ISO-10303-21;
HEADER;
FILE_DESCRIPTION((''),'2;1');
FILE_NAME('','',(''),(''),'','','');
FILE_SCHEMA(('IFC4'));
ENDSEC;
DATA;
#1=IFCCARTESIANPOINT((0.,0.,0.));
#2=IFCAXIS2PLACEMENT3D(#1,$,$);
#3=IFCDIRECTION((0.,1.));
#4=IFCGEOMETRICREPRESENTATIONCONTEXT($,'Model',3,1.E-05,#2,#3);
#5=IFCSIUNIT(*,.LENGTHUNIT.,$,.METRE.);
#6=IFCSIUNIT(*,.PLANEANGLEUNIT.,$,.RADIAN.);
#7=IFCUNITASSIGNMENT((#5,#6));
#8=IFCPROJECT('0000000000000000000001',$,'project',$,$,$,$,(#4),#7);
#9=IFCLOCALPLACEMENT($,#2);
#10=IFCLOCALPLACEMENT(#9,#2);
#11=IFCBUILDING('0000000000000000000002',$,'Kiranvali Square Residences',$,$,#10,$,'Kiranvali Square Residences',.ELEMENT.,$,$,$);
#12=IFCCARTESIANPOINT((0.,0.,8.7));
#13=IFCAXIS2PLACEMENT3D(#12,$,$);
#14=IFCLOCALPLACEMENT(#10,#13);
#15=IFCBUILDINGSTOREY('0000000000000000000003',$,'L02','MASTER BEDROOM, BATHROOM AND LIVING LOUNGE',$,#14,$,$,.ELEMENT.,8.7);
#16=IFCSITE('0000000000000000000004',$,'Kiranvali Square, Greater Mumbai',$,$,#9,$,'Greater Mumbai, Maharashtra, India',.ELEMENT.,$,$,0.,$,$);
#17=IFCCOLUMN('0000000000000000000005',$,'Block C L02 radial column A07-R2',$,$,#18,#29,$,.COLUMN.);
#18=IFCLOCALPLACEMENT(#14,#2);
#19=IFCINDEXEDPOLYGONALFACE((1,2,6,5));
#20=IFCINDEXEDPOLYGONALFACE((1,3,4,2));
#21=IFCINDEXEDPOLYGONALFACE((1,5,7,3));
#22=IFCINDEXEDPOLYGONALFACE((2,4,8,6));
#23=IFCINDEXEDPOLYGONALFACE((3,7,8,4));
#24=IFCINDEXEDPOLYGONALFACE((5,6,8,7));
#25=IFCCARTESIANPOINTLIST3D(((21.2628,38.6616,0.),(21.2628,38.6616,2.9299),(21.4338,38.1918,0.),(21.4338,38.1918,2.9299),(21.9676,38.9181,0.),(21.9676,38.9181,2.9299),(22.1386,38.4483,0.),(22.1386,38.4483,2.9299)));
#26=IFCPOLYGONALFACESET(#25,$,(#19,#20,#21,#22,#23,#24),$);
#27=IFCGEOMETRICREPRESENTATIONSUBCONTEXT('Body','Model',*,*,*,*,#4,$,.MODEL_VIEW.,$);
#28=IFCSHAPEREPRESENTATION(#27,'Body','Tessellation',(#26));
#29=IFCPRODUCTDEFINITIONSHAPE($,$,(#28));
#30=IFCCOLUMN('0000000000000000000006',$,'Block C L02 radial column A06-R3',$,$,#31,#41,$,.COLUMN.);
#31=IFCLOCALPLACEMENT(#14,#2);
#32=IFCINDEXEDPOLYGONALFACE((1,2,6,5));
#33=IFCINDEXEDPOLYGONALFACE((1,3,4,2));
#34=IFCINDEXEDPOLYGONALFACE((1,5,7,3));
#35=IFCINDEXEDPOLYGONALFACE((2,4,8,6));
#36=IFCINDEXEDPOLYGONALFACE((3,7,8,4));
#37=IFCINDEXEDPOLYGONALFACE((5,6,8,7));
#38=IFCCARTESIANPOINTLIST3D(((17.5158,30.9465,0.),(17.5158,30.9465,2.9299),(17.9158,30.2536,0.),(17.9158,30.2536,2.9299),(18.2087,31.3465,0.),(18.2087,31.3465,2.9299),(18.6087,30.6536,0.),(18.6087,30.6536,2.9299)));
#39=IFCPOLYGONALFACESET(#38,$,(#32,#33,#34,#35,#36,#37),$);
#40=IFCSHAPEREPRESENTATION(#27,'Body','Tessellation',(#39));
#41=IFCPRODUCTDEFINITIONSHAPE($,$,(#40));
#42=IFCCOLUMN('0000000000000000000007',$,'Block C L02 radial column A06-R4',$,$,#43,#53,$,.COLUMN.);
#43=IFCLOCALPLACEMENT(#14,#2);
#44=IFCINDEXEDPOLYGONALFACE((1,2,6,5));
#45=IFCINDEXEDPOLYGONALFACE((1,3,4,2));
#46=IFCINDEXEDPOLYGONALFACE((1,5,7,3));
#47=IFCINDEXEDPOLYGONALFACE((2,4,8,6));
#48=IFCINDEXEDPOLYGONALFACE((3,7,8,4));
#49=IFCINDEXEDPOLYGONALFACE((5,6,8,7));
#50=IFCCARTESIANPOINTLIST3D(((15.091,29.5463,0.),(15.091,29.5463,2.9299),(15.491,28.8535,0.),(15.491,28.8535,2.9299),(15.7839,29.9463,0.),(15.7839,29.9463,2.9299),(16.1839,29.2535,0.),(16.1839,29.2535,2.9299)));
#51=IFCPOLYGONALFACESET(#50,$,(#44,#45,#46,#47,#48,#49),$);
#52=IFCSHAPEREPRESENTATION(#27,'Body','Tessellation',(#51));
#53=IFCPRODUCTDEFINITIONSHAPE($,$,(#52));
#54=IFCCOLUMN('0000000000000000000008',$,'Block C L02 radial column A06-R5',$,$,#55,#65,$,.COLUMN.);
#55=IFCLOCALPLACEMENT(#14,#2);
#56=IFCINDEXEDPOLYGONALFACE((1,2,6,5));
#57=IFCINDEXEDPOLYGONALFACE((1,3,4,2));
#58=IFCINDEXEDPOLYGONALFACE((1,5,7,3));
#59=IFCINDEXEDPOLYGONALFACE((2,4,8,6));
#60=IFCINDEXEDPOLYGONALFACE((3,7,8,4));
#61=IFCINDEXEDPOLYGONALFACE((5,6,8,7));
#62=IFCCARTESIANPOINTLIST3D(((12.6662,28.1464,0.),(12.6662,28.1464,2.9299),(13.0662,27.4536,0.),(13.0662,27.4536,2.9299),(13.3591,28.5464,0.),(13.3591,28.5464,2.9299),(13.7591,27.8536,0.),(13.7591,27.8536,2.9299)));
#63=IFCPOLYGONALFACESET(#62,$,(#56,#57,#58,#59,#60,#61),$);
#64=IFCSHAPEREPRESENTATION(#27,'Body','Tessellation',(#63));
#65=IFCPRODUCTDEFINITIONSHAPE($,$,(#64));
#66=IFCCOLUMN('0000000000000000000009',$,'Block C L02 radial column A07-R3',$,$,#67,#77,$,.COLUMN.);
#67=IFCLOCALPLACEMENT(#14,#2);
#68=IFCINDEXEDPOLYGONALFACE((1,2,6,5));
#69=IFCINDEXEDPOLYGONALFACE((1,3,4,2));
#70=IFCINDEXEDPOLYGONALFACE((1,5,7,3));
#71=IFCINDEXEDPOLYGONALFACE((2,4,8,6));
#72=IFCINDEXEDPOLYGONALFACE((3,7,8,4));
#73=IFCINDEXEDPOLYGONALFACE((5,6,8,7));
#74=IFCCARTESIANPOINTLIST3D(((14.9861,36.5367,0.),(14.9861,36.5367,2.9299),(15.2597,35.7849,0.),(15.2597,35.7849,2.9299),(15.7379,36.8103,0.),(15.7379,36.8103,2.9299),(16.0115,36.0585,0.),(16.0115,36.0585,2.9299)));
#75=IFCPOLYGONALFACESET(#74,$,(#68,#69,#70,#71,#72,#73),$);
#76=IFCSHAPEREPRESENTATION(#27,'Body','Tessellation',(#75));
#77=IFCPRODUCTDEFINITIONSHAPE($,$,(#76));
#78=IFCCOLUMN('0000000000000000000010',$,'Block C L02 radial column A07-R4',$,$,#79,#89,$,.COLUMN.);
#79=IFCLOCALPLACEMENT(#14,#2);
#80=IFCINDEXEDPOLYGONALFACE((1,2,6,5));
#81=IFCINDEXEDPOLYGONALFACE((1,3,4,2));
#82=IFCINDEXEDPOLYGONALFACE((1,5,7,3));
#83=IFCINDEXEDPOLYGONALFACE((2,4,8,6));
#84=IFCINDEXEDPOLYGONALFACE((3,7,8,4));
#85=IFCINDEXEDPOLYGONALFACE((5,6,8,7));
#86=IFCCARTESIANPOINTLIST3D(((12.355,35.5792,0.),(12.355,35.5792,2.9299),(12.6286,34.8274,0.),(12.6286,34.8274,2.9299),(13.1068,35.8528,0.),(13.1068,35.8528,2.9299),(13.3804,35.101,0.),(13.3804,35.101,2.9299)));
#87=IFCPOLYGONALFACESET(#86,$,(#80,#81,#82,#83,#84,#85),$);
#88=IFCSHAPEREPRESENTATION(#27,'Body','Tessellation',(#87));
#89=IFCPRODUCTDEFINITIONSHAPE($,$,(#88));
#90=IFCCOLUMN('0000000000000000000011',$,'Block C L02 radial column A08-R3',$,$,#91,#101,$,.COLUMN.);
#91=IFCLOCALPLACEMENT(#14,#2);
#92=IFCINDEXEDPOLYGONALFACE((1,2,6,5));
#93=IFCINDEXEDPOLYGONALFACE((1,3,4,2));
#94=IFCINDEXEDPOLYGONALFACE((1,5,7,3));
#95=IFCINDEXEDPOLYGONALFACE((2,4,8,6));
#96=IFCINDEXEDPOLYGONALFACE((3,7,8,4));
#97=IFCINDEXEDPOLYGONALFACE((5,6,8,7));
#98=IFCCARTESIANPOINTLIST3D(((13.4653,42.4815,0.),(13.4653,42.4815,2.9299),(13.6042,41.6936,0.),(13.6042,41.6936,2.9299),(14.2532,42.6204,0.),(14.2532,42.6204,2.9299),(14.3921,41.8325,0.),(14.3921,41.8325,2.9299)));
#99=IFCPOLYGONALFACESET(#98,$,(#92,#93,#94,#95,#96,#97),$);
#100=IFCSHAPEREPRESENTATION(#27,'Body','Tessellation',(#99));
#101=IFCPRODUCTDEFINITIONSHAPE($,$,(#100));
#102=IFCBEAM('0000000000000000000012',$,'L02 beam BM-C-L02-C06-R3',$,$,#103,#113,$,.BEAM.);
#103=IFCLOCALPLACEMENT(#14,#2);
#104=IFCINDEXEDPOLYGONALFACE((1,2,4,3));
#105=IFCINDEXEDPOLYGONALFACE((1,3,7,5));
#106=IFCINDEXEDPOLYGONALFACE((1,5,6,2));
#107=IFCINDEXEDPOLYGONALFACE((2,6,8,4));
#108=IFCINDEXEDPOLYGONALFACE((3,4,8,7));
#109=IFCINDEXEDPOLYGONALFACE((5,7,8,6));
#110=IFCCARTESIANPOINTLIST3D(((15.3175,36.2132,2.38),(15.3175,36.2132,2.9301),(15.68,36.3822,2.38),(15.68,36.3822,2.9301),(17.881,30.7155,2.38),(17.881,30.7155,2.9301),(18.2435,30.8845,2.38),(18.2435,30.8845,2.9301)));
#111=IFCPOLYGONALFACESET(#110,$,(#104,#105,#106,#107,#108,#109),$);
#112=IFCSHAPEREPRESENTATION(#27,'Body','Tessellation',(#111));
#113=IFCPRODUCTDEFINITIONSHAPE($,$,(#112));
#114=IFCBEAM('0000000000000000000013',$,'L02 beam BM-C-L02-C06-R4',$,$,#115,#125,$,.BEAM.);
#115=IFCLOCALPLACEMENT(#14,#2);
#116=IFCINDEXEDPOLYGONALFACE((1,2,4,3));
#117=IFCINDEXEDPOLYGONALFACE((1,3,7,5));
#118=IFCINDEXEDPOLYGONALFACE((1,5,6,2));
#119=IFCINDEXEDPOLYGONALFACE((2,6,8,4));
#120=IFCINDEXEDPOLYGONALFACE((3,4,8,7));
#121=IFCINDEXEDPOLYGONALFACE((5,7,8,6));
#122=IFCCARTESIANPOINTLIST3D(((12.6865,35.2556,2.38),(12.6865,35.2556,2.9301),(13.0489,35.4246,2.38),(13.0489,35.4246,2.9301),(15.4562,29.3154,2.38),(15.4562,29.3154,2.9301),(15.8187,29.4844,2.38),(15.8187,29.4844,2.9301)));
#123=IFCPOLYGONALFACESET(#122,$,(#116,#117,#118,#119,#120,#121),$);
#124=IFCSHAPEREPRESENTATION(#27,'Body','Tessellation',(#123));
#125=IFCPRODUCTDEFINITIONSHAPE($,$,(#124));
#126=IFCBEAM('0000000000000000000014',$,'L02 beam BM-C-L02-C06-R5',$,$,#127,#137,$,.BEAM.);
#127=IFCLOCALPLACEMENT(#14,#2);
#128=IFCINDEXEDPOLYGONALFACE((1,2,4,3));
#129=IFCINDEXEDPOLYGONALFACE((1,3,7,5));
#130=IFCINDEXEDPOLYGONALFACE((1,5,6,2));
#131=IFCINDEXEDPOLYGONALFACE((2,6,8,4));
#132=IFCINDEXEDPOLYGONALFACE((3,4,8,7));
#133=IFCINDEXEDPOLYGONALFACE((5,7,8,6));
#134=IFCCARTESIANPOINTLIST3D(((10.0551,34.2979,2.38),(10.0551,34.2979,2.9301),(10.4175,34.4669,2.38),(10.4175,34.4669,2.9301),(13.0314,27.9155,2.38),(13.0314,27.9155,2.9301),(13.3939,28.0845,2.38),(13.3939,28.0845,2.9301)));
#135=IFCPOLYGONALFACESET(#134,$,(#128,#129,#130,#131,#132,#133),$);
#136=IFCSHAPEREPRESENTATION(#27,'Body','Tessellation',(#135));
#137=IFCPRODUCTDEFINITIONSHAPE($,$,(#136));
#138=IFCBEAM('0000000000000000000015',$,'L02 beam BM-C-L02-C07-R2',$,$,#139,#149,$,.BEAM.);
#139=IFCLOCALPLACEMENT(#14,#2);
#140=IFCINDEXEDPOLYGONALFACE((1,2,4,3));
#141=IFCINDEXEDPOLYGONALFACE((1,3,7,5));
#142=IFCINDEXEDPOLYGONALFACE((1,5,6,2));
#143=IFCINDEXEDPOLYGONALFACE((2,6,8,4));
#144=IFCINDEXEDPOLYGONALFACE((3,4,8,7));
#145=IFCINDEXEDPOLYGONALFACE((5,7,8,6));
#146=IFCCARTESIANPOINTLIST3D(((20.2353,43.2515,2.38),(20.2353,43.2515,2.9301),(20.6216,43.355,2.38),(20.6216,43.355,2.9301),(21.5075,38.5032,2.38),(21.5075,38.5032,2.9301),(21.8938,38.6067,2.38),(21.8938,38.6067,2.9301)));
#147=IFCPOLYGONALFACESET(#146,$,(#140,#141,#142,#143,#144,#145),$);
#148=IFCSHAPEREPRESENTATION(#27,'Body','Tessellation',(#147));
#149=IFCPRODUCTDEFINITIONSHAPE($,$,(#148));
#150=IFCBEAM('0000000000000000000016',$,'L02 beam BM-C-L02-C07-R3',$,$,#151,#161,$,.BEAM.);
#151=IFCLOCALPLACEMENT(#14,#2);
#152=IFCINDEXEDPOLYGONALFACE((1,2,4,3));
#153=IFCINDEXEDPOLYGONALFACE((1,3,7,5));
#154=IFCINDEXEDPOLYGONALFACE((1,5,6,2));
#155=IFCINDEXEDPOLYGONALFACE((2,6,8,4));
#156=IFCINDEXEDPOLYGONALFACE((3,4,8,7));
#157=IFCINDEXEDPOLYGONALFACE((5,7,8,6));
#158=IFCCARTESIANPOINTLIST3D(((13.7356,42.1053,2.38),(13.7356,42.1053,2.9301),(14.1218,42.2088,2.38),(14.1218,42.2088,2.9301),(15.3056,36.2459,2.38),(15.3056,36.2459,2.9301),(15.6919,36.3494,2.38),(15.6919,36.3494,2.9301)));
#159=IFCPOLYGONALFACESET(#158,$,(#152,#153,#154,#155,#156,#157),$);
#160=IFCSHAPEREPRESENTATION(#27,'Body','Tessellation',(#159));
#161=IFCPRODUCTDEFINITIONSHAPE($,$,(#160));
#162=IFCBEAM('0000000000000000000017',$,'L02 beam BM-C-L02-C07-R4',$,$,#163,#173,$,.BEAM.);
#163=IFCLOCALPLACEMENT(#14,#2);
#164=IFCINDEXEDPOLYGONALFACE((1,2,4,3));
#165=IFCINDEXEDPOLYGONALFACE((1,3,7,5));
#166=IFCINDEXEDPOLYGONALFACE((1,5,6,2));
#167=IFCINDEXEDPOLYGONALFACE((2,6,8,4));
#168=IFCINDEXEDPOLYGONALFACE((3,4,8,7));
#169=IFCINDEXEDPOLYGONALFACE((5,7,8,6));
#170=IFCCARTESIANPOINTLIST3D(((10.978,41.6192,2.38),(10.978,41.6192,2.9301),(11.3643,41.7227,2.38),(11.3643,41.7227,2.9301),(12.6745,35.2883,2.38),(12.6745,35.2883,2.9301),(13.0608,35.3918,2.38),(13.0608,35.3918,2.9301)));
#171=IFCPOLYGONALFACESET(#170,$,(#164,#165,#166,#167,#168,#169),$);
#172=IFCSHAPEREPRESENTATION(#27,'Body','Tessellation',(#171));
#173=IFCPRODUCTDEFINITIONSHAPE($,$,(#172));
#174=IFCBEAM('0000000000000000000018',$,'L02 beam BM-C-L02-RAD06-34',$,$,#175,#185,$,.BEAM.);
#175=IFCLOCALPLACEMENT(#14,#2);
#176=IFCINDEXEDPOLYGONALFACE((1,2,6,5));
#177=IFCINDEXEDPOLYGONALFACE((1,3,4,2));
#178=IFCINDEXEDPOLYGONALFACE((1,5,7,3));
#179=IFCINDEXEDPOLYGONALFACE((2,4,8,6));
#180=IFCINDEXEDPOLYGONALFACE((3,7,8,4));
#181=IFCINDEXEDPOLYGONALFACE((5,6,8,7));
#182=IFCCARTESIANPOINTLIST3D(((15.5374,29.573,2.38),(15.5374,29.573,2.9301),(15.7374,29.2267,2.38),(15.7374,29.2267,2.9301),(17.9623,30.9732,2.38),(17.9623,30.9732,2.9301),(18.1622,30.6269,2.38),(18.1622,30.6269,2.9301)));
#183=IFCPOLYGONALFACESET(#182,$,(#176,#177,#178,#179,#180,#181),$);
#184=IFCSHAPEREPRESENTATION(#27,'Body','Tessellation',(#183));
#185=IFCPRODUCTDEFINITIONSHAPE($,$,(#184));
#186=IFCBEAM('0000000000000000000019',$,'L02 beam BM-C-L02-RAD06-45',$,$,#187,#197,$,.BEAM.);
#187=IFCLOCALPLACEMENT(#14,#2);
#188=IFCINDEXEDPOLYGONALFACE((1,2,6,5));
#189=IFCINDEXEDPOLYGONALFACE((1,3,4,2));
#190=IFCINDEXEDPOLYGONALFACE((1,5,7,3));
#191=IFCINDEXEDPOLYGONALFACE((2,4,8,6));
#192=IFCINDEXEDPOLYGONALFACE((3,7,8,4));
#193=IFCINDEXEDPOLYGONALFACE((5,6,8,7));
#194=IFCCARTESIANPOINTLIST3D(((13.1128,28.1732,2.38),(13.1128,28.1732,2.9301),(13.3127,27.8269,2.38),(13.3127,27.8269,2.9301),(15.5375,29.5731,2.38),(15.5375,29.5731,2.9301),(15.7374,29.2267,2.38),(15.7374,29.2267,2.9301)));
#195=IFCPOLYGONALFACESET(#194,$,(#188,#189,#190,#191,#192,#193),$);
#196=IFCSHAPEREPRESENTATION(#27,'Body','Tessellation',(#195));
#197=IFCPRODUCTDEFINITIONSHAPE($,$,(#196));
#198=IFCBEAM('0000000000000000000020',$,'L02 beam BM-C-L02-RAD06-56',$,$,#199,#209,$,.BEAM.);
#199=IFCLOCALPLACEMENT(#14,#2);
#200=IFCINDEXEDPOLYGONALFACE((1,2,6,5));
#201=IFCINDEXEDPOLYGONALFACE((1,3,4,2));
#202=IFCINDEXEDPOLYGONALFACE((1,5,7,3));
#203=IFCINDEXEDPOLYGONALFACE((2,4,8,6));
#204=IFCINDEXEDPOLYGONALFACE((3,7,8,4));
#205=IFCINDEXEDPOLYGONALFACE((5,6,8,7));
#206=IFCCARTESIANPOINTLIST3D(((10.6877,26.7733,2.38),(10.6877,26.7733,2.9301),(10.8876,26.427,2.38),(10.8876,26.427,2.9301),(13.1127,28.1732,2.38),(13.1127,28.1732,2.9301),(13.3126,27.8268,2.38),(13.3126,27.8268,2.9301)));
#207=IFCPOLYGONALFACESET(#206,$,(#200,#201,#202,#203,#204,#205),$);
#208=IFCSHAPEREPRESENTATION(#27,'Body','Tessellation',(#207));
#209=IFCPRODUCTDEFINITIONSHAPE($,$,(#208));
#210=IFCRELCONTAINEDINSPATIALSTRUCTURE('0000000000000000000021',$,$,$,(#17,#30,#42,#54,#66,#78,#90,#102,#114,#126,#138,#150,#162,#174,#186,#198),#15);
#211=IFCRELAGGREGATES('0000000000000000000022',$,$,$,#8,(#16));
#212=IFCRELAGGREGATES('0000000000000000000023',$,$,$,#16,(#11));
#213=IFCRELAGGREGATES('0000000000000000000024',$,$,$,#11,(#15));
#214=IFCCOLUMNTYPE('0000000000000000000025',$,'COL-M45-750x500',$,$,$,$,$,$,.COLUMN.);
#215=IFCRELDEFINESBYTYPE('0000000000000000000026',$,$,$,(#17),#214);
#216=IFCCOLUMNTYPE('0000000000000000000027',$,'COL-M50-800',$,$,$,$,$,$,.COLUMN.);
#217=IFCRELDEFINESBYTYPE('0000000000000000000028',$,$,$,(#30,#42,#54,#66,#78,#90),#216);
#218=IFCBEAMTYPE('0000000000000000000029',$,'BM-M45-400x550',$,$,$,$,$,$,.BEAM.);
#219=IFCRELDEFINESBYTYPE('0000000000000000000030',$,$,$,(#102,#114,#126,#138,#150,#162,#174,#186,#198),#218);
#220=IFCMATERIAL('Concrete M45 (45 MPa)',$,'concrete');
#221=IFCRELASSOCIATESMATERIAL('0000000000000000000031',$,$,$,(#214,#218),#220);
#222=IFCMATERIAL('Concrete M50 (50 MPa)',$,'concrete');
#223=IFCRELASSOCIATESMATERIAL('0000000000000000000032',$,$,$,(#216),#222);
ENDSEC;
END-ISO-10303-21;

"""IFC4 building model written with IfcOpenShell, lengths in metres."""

from ifc_helpers import new_model, si_unit, direction, frame, origin, origin_2d, place, context, subcontext, project, spatial, rectangle, extrude, material, material_profile, profile_set, type_object, element, save


model = new_model("IFC4")

# Units and contexts
model_context = context("Model", 3, precision=1e-05, world=origin(), true_north=direction((0.0, 1.0)))
body_context = subcontext(model_context, "Body", "Model", "MODEL_VIEW")
ifc_project = project(units=[si_unit("LENGTHUNIT", "METRE"), si_unit("PLANEANGLEUNIT", "RADIAN")], contexts=[model_context])

# Site, building, storey
site_placement = place(None, origin())
site = spatial("IfcSite", under=ifc_project, at=site_placement, Name="Kiranvali Square, Greater Mumbai", LongName="Greater Mumbai, Maharashtra, India", CompositionType="ELEMENT", RefElevation=0.0)
building_placement = place(site_placement, origin())
building = spatial("IfcBuilding", under=site, at=building_placement, Name="Kiranvali Square Residences", LongName="Kiranvali Square Residences", CompositionType="ELEMENT")
storey_placement = place(building_placement, frame((0.0, 0.0, 8.7)))
storey = spatial("IfcBuildingStorey", under=building, at=storey_placement, Name="L02", Description="MASTER BEDROOM, BATHROOM AND LIVING LOUNGE", CompositionType="ELEMENT", Elevation=8.7)

# Columns
ifc_material_1 = material(Name="Concrete M45 (45 MPa)", Category="concrete")
ifc_material_profile_1 = material_profile(ifc_material_1, rectangle(XDim=0.5, YDim=0.75, at=origin_2d()), Name="RC 750x500")
ifc_profile_set_1 = profile_set([ifc_material_profile_1], Name="Concrete M45 (45 MPa)")
column_type_1 = type_object("IfcColumnType", Name="COL-M45-750x500", PredefinedType="COLUMN", material=ifc_profile_set_1)
column_placement = place(storey_placement, frame((21.7007, 38.5549, 0.0), z_axis=(0.0, 0.0, 1.0), x_axis=(-0.34202, 0.939693, 0.0)))
element("IfcColumn", 1, at=column_placement, inside=storey, type_object=column_type_1, Name="Block C L02 radial column A07-R2", PredefinedType="COLUMN", context=body_context, shape_type="SweptSolid", body=[
    extrude(rectangle(XDim=0.5, YDim=0.75, at=origin_2d()), origin(), (0.0, 0.0, 1.0), 2.9299),
])
ifc_material_2 = material(Name="Concrete M50 (50 MPa)", Category="concrete")
ifc_material_profile_2 = material_profile(ifc_material_2, rectangle(XDim=0.8, YDim=0.8, at=origin_2d()), Name="RC 800x800")
ifc_profile_set_2 = profile_set([ifc_material_profile_2], Name="Concrete M50 (50 MPa)")
column_type_2 = type_object("IfcColumnType", Name="COL-M50-800", PredefinedType="COLUMN", material=ifc_profile_set_2)
for number, where, z_axis, x_axis, name in (
    (2, (18.0623, 30.8, 0.0), (0.0, 0.0, 1.0), (-0.5, 0.866025, 0.0), "Block C L02 radial column A06-R3"),
    (3, (15.6375, 29.3999, 0.0), (0.0, 0.0, 1.0), (-0.5, 0.866025, 0.0), "Block C L02 radial column A06-R4"),
    (4, (13.2126, 28.0, 0.0), (0.0, 0.0, 1.0), (-0.5, 0.866025, 0.0), "Block C L02 radial column A06-R5"),
    (5, (15.4988, 36.2976, 0.0), (0.0, 0.0, 1.0), (-0.34202, 0.939693, 0.0), "Block C L02 radial column A07-R3"),
    (6, (12.8677, 35.3401, 0.0), (0.0, 0.0, 1.0), (-0.34202, 0.939693, 0.0), "Block C L02 radial column A07-R4"),
    (7, (13.9287, 42.157, 0.0), (0.0, 0.0, 1.0), (-0.173648, 0.984808, 0.0), "Block C L02 radial column A08-R3"),
):
    element("IfcColumn", number, at=place(storey_placement, frame(where, z_axis=z_axis, x_axis=x_axis)), inside=storey, type_object=column_type_2, Name=name, PredefinedType="COLUMN", context=body_context, shape_type="SweptSolid", body=[
        extrude(rectangle(XDim=0.8, YDim=0.8, at=origin_2d()), origin(), (0.0, 0.0, 1.0), 2.9299),
    ])

# Beams
ifc_material_profile_3 = material_profile(ifc_material_1, rectangle(XDim=0.3999, YDim=0.55, at=origin_2d()), Name="RC 400x550")
ifc_profile_set_3 = profile_set([ifc_material_profile_3], Name="Concrete M45 (45 MPa)")
beam_type = type_object("IfcBeamType", Name="BM-M45-400x550", PredefinedType="BEAM", material=ifc_profile_set_3)
beam_1_placement = place(storey_placement, frame((18.0623, 30.8, 2.655), z_axis=(-0.422608, 0.906313, 0.0), x_axis=(-0.906313, -0.422608, 0.0)))
element("IfcBeam", 8, at=beam_1_placement, inside=storey, type_object=beam_type, Name="L02 beam BM-C-L02-C06-R3", PredefinedType="BEAM", context=body_context, shape_type="SweptSolid", body=[
    extrude(rectangle(XDim=0.3999, YDim=0.55, at=origin_2d()), origin(), (0.0, 0.0, 1.0), 6.0659),
])
beam_2_placement = place(storey_placement, frame((15.6375, 29.3999, 2.655), z_axis=(-0.422596, 0.906318, 0.0), x_axis=(-0.906318, -0.422596, 0.0)))
element("IfcBeam", 9, at=beam_2_placement, inside=storey, type_object=beam_type, Name="L02 beam BM-C-L02-C06-R4", PredefinedType="BEAM", context=body_context, shape_type="SweptSolid", body=[
    extrude(rectangle(XDim=0.3999, YDim=0.55, at=origin_2d()), origin(), (0.0, 0.0, 1.0), 6.5542),
])
beam_3_placement = place(storey_placement, frame((13.2126, 28.0, 2.655), z_axis=(-0.422641, 0.906297, 0.0), x_axis=(-0.906297, -0.422641, 0.0)))
element("IfcBeam", 10, at=beam_3_placement, inside=storey, type_object=beam_type, Name="L02 beam BM-C-L02-C06-R5", PredefinedType="BEAM", context=body_context, shape_type="SweptSolid", body=[
    extrude(rectangle(XDim=0.3999, YDim=0.55, at=origin_2d()), origin(), (0.0, 0.0, 1.0), 7.0422),
])
beam_4_placement = place(storey_placement, frame((21.7007, 38.5549, 2.655), z_axis=(-0.258803, 0.96593, 0.0), x_axis=(-0.96593, -0.258803, 0.0)))
element("IfcBeam", 11, at=beam_4_placement, inside=storey, type_object=beam_type, Name="L02 beam BM-C-L02-C07-R2", PredefinedType="BEAM", context=body_context, shape_type="SweptSolid", body=[
    extrude(rectangle(XDim=0.3999, YDim=0.55, at=origin_2d()), origin(), (0.0, 0.0, 1.0), 4.9158),
])
beam_5_placement = place(storey_placement, frame((15.4988, 36.2976, 2.655), z_axis=(-0.258827, 0.965924, 0.0), x_axis=(-0.965924, -0.258827, 0.0)))
element("IfcBeam", 12, at=beam_5_placement, inside=storey, type_object=beam_type, Name="L02 beam BM-C-L02-C07-R3", PredefinedType="BEAM", context=body_context, shape_type="SweptSolid", body=[
    extrude(rectangle(XDim=0.3999, YDim=0.55, at=origin_2d()), origin(), (0.0, 0.0, 1.0), 6.0662),
])
beam_6_placement = place(storey_placement, frame((12.8677, 35.3401, 2.655), z_axis=(-0.258847, 0.965918, 0.0), x_axis=(-0.965918, -0.258847, 0.0)))
element("IfcBeam", 13, at=beam_6_placement, inside=storey, type_object=beam_type, Name="L02 beam BM-C-L02-C07-R4", PredefinedType="BEAM", context=body_context, shape_type="SweptSolid", body=[
    extrude(rectangle(XDim=0.3999, YDim=0.55, at=origin_2d()), origin(), (0.0, 0.0, 1.0), 6.5542),
])
beam_7_placement = place(storey_placement, frame((18.0623, 30.8, 2.655), z_axis=(-0.865997, -0.50005, 0.0), x_axis=(0.50005, -0.865997, 0.0)))
element("IfcBeam", 14, at=beam_7_placement, inside=storey, type_object=beam_type, Name="L02 beam BM-C-L02-RAD06-34", PredefinedType="BEAM", context=body_context, shape_type="SweptSolid", body=[
    extrude(rectangle(XDim=0.3999, YDim=0.55, at=origin_2d()), origin(), (0.0, 0.0, 1.0), 2.8),
])
beam_8_placement = place(storey_placement, frame((15.6375, 29.3999, 2.655), z_axis=(-0.866035, -0.499984, 0.0), x_axis=(0.499984, -0.866035, 0.0)))
element("IfcBeam", 15, at=beam_8_placement, inside=storey, type_object=beam_type, Name="L02 beam BM-C-L02-RAD06-45", PredefinedType="BEAM", context=body_context, shape_type="SweptSolid", body=[
    extrude(rectangle(XDim=0.3999, YDim=0.55, at=origin_2d()), origin(), (0.0, 0.0, 1.0), 2.7998),
])
beam_9_placement = place(storey_placement, frame((13.2126, 28.0, 2.655), z_axis=(-0.866056, -0.499946, 0.0), x_axis=(0.499946, -0.866056, 0.0)))
element("IfcBeam", 16, at=beam_9_placement, inside=storey, type_object=beam_type, Name="L02 beam BM-C-L02-RAD06-56", PredefinedType="BEAM", context=body_context, shape_type="SweptSolid", body=[
    extrude(rectangle(XDim=0.3999, YDim=0.55, at=origin_2d()), origin(), (0.0, 0.0, 1.0), 2.8),
])

save(model, "model.ifc")
